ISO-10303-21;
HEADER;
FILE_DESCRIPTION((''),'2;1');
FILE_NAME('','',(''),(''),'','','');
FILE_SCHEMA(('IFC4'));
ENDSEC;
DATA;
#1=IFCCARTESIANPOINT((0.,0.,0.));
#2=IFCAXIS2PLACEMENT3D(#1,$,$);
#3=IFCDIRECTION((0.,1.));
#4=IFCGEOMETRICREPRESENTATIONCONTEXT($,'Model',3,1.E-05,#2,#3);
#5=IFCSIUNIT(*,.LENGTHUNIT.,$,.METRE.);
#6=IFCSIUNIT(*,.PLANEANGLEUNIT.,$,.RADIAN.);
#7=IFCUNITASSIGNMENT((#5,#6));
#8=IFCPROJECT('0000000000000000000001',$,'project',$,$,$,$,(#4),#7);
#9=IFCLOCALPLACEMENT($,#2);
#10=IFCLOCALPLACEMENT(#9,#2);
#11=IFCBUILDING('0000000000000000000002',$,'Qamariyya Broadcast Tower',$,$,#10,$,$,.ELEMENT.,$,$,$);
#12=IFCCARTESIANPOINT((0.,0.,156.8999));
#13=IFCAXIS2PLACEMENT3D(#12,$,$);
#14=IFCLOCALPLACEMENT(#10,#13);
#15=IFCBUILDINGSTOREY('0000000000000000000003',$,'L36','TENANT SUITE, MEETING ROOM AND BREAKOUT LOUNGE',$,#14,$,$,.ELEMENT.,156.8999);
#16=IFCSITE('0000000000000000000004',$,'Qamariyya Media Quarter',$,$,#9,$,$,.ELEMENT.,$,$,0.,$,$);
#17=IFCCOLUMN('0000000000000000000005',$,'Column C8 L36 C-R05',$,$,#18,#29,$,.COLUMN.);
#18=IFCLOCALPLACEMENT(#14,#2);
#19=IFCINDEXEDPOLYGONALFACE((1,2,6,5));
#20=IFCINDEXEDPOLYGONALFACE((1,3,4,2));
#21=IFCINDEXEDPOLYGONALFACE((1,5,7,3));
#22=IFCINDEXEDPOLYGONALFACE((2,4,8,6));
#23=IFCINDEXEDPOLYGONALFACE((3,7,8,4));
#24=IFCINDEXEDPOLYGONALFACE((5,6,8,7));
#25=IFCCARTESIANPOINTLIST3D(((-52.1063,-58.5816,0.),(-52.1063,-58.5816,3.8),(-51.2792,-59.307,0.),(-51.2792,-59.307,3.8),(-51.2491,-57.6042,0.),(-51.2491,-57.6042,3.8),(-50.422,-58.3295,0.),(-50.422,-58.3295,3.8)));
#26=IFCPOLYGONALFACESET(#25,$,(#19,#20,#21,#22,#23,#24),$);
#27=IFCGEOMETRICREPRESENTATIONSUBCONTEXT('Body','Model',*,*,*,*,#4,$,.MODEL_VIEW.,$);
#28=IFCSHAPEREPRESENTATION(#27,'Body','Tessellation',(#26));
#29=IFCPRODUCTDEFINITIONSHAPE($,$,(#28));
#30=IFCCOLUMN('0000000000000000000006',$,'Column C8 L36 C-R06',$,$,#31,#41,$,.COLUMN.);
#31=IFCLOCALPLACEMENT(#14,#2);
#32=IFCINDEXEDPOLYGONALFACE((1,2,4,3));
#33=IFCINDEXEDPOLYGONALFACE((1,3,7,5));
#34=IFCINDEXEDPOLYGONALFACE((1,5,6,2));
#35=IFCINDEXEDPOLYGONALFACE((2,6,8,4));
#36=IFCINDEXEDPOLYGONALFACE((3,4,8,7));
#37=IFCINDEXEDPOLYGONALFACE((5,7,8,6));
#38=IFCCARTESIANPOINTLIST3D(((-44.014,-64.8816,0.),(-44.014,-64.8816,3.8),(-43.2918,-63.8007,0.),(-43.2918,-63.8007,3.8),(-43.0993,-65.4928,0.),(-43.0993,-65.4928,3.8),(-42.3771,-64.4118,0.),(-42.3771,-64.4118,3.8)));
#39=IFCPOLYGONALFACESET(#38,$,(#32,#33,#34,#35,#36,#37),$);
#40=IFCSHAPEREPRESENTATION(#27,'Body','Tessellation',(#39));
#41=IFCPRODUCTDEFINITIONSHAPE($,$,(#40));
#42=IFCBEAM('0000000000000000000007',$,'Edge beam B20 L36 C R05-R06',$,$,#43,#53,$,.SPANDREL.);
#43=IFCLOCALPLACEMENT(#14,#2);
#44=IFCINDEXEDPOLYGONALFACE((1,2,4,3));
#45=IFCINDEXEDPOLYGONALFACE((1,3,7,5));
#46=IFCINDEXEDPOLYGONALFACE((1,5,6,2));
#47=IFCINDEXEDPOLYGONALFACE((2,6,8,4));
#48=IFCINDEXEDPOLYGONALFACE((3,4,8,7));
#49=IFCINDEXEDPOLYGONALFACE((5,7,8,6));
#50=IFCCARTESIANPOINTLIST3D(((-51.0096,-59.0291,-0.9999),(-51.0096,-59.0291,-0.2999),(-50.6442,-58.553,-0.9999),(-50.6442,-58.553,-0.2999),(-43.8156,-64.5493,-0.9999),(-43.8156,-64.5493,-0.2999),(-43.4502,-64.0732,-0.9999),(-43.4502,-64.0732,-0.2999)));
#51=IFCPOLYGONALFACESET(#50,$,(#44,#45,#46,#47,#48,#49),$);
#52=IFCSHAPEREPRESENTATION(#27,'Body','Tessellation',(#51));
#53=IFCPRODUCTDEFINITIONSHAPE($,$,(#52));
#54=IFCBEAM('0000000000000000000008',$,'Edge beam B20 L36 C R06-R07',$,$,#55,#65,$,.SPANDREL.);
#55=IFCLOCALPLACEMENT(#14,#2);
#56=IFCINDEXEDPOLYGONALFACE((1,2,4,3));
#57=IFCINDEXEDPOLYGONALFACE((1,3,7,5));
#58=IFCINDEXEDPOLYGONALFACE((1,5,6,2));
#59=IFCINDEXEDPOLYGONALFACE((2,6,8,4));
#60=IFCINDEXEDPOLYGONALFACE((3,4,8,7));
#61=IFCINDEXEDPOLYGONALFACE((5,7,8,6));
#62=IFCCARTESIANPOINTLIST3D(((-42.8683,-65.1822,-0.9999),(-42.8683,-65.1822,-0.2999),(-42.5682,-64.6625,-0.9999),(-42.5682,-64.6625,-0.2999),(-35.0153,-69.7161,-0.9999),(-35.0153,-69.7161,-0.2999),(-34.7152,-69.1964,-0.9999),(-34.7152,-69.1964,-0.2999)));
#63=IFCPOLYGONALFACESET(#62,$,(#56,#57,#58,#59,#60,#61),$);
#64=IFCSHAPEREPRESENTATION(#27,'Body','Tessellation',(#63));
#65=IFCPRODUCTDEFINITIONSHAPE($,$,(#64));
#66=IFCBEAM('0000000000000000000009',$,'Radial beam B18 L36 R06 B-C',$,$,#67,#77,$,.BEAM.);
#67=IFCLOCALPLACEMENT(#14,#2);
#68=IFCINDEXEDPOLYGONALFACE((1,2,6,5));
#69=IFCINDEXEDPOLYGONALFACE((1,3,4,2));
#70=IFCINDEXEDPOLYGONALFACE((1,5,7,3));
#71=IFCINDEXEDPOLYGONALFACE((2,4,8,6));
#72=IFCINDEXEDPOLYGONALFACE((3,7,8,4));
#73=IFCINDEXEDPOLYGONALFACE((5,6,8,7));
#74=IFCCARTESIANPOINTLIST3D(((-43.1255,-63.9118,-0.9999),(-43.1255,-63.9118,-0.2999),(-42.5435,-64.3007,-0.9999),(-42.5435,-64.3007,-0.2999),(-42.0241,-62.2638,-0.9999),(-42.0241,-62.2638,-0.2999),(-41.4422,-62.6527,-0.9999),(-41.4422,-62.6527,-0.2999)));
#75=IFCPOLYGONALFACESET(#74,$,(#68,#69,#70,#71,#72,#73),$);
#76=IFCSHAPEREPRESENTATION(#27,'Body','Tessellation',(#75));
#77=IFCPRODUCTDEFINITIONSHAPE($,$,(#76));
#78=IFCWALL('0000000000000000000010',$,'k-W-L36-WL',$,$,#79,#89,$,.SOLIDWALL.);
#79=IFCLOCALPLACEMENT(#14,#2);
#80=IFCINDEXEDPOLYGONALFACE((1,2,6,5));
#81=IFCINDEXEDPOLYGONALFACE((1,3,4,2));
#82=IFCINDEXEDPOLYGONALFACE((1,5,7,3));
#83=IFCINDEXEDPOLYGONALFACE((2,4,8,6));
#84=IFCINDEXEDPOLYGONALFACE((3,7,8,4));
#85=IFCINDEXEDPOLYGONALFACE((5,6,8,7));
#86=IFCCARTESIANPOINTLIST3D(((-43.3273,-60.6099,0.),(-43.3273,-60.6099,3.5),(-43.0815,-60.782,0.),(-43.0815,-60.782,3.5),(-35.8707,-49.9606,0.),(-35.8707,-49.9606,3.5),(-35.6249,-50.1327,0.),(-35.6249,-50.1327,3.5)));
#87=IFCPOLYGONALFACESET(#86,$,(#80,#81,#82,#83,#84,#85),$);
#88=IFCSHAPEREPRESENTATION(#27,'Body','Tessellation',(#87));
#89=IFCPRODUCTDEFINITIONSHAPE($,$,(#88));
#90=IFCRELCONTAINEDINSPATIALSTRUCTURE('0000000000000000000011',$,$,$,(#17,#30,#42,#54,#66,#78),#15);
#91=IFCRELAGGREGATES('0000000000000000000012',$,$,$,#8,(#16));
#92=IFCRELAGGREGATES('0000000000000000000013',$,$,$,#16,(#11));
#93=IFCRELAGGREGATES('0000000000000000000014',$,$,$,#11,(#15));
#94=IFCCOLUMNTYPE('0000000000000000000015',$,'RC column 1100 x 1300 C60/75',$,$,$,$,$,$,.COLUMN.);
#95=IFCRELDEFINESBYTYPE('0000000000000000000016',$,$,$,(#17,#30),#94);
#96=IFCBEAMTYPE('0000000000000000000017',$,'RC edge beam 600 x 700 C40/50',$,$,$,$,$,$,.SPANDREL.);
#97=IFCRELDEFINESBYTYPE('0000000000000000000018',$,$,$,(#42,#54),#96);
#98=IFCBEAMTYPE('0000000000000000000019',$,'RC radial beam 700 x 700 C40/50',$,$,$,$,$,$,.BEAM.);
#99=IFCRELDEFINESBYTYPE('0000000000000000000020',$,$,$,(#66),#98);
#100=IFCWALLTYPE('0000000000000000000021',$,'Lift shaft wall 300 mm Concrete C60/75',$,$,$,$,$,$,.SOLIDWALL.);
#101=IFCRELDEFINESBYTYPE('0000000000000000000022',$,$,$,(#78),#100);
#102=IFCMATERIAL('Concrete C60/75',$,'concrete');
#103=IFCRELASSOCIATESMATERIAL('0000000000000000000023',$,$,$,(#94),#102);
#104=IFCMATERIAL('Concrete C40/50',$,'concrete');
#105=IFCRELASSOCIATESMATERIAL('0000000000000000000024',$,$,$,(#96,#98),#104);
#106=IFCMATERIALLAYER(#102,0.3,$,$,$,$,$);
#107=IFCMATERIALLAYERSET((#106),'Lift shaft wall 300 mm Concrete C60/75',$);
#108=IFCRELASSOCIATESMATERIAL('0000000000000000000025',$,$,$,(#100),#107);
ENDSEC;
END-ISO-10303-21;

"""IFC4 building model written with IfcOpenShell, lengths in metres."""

from ifc_helpers import new_model, si_unit, direction, frame, frame_2d, origin, origin_2d, place, context, subcontext, project, spatial, rectangle, extrude, material, layer, layer_set, material_profile, profile_set, type_object, element, save


model = new_model("IFC4")

# Units and contexts
model_context = context("Model", 3, precision=1e-05, world=origin(), true_north=direction((0.0, 1.0)))
body_context = subcontext(model_context, "Body", "Model", "MODEL_VIEW")
ifc_project = project(units=[si_unit("LENGTHUNIT", "METRE"), si_unit("PLANEANGLEUNIT", "RADIAN")], contexts=[model_context])

# Site, building, storey
site_placement = place(None, origin())
site = spatial("IfcSite", under=ifc_project, at=site_placement, Name="Qamariyya Media Quarter", CompositionType="ELEMENT", RefElevation=0.0)
building_placement = place(site_placement, origin())
building = spatial("IfcBuilding", under=site, at=building_placement, Name="Qamariyya Broadcast Tower", CompositionType="ELEMENT")
storey_placement = place(building_placement, frame((0.0, 0.0, 156.8999)))
storey = spatial("IfcBuildingStorey", under=building, at=storey_placement, Name="L36", Description="TENANT SUITE, MEETING ROOM AND BREAKOUT LOUNGE", CompositionType="ELEMENT", Elevation=156.8999)

# Columns
ifc_material_1 = material(Name="Concrete C60/75", Category="concrete")
ifc_material_profile_1 = material_profile(ifc_material_1, rectangle(XDim=1.1001, YDim=1.3, at=origin_2d()))
ifc_profile_set_1 = profile_set([ifc_material_profile_1], Name="Concrete C60/75")
column_type = type_object("IfcColumnType", Name="RC column 1100 x 1300 C60/75", PredefinedType="COLUMN", material=ifc_profile_set_1)
for number, where, z_axis, x_axis, name in (
    (1, (-51.2642, -58.4556, 0.0), (0.0, 0.0, 1.0), (0.75184, -0.659346, 0.0), "Column C8 L36 C-R05"),
    (2, (-43.1956, -64.6467, 0.0), (0.0, 0.0, 1.0), (0.83147, -0.55557, 0.0), "Column C8 L36 C-R06"),
):
    element("IfcColumn", number, at=place(storey_placement, frame(where, z_axis=z_axis, x_axis=x_axis)), inside=storey, type_object=column_type, Name=name, PredefinedType="COLUMN", context=body_context, shape_type="SweptSolid", body=[
        extrude(rectangle(XDim=1.1001, YDim=1.3, at=origin_2d()), origin(), (0.0, 0.0, 1.0), 3.8),
    ])

# Beams
ifc_material_2 = material(Name="Concrete C40/50", Category="concrete")
ifc_material_profile_2 = material_profile(ifc_material_2, rectangle(XDim=0.6001, YDim=0.7, at=origin_2d()))
ifc_profile_set_2 = profile_set([ifc_material_profile_2], Name="Concrete C40/50")
beam_type_1 = type_object("IfcBeamType", Name="RC edge beam 600 x 700 C40/50", PredefinedType="SPANDREL", material=ifc_profile_set_2)
for number, where, z_axis, x_axis, name in (
    (3, (-50.8269, -58.791, -0.6499), (0.793351, -0.608764, 0.0), (0.608764, 0.793351, 0.0), "Edge beam B20 L36 C R05-R06"),
    (4, (-42.7183, -64.9224, -0.6499), (0.866026, -0.499999, 0.0), (0.499999, 0.866026, 0.0), "Edge beam B20 L36 C R06-R07"),
):
    element("IfcBeam", number, at=place(storey_placement, frame(where, z_axis=z_axis, x_axis=x_axis)), inside=storey, type_object=beam_type_1, Name=name, PredefinedType="SPANDREL", context=body_context, shape_type="SweptSolid", body=[
        extrude(rectangle(XDim=0.6001, YDim=0.7, at=origin_2d()), origin(), (0.0, 0.0, 1.0), 9.0679),
    ])
ifc_material_profile_3 = material_profile(ifc_material_2, rectangle(XDim=0.7, YDim=0.7, at=origin_2d()))
ifc_profile_set_3 = profile_set([ifc_material_profile_3], Name="Concrete C40/50")
beam_type_2 = type_object("IfcBeamType", Name="RC radial beam 700 x 700 C40/50", PredefinedType="BEAM", material=ifc_profile_set_3)
beam_placement = place(storey_placement, frame((-41.7332, -62.4583, -0.6499), z_axis=(-0.555638, -0.831424, 0.0), x_axis=(0.831424, -0.555638, 0.0)))
element("IfcBeam", 5, at=beam_placement, inside=storey, type_object=beam_type_2, Name="Radial beam B18 L36 R06 B-C", PredefinedType="BEAM", context=body_context, shape_type="SweptSolid", body=[
    extrude(rectangle(XDim=0.7, YDim=0.7, at=origin_2d()), origin(), (0.0, 0.0, 1.0), 1.9822),
])

# Wall
ifc_layer = layer(ifc_material_1, 0.3)
ifc_layer_set = layer_set([ifc_layer], Name="Lift shaft wall 300 mm Concrete C60/75")
wall_type = type_object("IfcWallType", Name="Lift shaft wall 300 mm Concrete C60/75", PredefinedType="SOLIDWALL", material=ifc_layer_set)
wall_placement = place(storey_placement, frame((-43.2043, -60.6958, 0.0), z_axis=(0.0, 0.0, 1.0), x_axis=(0.573572, 0.819155, 0.0)))
element("IfcWall", 6, at=wall_placement, inside=storey, type_object=wall_type, Name="k-W-L36-WL", PredefinedType="SOLIDWALL", context=body_context, shape_type="SweptSolid", body=[
    extrude(rectangle(XDim=13.0002, YDim=0.3, at=frame_2d((6.5, 0.0))), origin(), (0.0, 0.0, 1.0), 3.5),
])

save(model, "model.ifc")
